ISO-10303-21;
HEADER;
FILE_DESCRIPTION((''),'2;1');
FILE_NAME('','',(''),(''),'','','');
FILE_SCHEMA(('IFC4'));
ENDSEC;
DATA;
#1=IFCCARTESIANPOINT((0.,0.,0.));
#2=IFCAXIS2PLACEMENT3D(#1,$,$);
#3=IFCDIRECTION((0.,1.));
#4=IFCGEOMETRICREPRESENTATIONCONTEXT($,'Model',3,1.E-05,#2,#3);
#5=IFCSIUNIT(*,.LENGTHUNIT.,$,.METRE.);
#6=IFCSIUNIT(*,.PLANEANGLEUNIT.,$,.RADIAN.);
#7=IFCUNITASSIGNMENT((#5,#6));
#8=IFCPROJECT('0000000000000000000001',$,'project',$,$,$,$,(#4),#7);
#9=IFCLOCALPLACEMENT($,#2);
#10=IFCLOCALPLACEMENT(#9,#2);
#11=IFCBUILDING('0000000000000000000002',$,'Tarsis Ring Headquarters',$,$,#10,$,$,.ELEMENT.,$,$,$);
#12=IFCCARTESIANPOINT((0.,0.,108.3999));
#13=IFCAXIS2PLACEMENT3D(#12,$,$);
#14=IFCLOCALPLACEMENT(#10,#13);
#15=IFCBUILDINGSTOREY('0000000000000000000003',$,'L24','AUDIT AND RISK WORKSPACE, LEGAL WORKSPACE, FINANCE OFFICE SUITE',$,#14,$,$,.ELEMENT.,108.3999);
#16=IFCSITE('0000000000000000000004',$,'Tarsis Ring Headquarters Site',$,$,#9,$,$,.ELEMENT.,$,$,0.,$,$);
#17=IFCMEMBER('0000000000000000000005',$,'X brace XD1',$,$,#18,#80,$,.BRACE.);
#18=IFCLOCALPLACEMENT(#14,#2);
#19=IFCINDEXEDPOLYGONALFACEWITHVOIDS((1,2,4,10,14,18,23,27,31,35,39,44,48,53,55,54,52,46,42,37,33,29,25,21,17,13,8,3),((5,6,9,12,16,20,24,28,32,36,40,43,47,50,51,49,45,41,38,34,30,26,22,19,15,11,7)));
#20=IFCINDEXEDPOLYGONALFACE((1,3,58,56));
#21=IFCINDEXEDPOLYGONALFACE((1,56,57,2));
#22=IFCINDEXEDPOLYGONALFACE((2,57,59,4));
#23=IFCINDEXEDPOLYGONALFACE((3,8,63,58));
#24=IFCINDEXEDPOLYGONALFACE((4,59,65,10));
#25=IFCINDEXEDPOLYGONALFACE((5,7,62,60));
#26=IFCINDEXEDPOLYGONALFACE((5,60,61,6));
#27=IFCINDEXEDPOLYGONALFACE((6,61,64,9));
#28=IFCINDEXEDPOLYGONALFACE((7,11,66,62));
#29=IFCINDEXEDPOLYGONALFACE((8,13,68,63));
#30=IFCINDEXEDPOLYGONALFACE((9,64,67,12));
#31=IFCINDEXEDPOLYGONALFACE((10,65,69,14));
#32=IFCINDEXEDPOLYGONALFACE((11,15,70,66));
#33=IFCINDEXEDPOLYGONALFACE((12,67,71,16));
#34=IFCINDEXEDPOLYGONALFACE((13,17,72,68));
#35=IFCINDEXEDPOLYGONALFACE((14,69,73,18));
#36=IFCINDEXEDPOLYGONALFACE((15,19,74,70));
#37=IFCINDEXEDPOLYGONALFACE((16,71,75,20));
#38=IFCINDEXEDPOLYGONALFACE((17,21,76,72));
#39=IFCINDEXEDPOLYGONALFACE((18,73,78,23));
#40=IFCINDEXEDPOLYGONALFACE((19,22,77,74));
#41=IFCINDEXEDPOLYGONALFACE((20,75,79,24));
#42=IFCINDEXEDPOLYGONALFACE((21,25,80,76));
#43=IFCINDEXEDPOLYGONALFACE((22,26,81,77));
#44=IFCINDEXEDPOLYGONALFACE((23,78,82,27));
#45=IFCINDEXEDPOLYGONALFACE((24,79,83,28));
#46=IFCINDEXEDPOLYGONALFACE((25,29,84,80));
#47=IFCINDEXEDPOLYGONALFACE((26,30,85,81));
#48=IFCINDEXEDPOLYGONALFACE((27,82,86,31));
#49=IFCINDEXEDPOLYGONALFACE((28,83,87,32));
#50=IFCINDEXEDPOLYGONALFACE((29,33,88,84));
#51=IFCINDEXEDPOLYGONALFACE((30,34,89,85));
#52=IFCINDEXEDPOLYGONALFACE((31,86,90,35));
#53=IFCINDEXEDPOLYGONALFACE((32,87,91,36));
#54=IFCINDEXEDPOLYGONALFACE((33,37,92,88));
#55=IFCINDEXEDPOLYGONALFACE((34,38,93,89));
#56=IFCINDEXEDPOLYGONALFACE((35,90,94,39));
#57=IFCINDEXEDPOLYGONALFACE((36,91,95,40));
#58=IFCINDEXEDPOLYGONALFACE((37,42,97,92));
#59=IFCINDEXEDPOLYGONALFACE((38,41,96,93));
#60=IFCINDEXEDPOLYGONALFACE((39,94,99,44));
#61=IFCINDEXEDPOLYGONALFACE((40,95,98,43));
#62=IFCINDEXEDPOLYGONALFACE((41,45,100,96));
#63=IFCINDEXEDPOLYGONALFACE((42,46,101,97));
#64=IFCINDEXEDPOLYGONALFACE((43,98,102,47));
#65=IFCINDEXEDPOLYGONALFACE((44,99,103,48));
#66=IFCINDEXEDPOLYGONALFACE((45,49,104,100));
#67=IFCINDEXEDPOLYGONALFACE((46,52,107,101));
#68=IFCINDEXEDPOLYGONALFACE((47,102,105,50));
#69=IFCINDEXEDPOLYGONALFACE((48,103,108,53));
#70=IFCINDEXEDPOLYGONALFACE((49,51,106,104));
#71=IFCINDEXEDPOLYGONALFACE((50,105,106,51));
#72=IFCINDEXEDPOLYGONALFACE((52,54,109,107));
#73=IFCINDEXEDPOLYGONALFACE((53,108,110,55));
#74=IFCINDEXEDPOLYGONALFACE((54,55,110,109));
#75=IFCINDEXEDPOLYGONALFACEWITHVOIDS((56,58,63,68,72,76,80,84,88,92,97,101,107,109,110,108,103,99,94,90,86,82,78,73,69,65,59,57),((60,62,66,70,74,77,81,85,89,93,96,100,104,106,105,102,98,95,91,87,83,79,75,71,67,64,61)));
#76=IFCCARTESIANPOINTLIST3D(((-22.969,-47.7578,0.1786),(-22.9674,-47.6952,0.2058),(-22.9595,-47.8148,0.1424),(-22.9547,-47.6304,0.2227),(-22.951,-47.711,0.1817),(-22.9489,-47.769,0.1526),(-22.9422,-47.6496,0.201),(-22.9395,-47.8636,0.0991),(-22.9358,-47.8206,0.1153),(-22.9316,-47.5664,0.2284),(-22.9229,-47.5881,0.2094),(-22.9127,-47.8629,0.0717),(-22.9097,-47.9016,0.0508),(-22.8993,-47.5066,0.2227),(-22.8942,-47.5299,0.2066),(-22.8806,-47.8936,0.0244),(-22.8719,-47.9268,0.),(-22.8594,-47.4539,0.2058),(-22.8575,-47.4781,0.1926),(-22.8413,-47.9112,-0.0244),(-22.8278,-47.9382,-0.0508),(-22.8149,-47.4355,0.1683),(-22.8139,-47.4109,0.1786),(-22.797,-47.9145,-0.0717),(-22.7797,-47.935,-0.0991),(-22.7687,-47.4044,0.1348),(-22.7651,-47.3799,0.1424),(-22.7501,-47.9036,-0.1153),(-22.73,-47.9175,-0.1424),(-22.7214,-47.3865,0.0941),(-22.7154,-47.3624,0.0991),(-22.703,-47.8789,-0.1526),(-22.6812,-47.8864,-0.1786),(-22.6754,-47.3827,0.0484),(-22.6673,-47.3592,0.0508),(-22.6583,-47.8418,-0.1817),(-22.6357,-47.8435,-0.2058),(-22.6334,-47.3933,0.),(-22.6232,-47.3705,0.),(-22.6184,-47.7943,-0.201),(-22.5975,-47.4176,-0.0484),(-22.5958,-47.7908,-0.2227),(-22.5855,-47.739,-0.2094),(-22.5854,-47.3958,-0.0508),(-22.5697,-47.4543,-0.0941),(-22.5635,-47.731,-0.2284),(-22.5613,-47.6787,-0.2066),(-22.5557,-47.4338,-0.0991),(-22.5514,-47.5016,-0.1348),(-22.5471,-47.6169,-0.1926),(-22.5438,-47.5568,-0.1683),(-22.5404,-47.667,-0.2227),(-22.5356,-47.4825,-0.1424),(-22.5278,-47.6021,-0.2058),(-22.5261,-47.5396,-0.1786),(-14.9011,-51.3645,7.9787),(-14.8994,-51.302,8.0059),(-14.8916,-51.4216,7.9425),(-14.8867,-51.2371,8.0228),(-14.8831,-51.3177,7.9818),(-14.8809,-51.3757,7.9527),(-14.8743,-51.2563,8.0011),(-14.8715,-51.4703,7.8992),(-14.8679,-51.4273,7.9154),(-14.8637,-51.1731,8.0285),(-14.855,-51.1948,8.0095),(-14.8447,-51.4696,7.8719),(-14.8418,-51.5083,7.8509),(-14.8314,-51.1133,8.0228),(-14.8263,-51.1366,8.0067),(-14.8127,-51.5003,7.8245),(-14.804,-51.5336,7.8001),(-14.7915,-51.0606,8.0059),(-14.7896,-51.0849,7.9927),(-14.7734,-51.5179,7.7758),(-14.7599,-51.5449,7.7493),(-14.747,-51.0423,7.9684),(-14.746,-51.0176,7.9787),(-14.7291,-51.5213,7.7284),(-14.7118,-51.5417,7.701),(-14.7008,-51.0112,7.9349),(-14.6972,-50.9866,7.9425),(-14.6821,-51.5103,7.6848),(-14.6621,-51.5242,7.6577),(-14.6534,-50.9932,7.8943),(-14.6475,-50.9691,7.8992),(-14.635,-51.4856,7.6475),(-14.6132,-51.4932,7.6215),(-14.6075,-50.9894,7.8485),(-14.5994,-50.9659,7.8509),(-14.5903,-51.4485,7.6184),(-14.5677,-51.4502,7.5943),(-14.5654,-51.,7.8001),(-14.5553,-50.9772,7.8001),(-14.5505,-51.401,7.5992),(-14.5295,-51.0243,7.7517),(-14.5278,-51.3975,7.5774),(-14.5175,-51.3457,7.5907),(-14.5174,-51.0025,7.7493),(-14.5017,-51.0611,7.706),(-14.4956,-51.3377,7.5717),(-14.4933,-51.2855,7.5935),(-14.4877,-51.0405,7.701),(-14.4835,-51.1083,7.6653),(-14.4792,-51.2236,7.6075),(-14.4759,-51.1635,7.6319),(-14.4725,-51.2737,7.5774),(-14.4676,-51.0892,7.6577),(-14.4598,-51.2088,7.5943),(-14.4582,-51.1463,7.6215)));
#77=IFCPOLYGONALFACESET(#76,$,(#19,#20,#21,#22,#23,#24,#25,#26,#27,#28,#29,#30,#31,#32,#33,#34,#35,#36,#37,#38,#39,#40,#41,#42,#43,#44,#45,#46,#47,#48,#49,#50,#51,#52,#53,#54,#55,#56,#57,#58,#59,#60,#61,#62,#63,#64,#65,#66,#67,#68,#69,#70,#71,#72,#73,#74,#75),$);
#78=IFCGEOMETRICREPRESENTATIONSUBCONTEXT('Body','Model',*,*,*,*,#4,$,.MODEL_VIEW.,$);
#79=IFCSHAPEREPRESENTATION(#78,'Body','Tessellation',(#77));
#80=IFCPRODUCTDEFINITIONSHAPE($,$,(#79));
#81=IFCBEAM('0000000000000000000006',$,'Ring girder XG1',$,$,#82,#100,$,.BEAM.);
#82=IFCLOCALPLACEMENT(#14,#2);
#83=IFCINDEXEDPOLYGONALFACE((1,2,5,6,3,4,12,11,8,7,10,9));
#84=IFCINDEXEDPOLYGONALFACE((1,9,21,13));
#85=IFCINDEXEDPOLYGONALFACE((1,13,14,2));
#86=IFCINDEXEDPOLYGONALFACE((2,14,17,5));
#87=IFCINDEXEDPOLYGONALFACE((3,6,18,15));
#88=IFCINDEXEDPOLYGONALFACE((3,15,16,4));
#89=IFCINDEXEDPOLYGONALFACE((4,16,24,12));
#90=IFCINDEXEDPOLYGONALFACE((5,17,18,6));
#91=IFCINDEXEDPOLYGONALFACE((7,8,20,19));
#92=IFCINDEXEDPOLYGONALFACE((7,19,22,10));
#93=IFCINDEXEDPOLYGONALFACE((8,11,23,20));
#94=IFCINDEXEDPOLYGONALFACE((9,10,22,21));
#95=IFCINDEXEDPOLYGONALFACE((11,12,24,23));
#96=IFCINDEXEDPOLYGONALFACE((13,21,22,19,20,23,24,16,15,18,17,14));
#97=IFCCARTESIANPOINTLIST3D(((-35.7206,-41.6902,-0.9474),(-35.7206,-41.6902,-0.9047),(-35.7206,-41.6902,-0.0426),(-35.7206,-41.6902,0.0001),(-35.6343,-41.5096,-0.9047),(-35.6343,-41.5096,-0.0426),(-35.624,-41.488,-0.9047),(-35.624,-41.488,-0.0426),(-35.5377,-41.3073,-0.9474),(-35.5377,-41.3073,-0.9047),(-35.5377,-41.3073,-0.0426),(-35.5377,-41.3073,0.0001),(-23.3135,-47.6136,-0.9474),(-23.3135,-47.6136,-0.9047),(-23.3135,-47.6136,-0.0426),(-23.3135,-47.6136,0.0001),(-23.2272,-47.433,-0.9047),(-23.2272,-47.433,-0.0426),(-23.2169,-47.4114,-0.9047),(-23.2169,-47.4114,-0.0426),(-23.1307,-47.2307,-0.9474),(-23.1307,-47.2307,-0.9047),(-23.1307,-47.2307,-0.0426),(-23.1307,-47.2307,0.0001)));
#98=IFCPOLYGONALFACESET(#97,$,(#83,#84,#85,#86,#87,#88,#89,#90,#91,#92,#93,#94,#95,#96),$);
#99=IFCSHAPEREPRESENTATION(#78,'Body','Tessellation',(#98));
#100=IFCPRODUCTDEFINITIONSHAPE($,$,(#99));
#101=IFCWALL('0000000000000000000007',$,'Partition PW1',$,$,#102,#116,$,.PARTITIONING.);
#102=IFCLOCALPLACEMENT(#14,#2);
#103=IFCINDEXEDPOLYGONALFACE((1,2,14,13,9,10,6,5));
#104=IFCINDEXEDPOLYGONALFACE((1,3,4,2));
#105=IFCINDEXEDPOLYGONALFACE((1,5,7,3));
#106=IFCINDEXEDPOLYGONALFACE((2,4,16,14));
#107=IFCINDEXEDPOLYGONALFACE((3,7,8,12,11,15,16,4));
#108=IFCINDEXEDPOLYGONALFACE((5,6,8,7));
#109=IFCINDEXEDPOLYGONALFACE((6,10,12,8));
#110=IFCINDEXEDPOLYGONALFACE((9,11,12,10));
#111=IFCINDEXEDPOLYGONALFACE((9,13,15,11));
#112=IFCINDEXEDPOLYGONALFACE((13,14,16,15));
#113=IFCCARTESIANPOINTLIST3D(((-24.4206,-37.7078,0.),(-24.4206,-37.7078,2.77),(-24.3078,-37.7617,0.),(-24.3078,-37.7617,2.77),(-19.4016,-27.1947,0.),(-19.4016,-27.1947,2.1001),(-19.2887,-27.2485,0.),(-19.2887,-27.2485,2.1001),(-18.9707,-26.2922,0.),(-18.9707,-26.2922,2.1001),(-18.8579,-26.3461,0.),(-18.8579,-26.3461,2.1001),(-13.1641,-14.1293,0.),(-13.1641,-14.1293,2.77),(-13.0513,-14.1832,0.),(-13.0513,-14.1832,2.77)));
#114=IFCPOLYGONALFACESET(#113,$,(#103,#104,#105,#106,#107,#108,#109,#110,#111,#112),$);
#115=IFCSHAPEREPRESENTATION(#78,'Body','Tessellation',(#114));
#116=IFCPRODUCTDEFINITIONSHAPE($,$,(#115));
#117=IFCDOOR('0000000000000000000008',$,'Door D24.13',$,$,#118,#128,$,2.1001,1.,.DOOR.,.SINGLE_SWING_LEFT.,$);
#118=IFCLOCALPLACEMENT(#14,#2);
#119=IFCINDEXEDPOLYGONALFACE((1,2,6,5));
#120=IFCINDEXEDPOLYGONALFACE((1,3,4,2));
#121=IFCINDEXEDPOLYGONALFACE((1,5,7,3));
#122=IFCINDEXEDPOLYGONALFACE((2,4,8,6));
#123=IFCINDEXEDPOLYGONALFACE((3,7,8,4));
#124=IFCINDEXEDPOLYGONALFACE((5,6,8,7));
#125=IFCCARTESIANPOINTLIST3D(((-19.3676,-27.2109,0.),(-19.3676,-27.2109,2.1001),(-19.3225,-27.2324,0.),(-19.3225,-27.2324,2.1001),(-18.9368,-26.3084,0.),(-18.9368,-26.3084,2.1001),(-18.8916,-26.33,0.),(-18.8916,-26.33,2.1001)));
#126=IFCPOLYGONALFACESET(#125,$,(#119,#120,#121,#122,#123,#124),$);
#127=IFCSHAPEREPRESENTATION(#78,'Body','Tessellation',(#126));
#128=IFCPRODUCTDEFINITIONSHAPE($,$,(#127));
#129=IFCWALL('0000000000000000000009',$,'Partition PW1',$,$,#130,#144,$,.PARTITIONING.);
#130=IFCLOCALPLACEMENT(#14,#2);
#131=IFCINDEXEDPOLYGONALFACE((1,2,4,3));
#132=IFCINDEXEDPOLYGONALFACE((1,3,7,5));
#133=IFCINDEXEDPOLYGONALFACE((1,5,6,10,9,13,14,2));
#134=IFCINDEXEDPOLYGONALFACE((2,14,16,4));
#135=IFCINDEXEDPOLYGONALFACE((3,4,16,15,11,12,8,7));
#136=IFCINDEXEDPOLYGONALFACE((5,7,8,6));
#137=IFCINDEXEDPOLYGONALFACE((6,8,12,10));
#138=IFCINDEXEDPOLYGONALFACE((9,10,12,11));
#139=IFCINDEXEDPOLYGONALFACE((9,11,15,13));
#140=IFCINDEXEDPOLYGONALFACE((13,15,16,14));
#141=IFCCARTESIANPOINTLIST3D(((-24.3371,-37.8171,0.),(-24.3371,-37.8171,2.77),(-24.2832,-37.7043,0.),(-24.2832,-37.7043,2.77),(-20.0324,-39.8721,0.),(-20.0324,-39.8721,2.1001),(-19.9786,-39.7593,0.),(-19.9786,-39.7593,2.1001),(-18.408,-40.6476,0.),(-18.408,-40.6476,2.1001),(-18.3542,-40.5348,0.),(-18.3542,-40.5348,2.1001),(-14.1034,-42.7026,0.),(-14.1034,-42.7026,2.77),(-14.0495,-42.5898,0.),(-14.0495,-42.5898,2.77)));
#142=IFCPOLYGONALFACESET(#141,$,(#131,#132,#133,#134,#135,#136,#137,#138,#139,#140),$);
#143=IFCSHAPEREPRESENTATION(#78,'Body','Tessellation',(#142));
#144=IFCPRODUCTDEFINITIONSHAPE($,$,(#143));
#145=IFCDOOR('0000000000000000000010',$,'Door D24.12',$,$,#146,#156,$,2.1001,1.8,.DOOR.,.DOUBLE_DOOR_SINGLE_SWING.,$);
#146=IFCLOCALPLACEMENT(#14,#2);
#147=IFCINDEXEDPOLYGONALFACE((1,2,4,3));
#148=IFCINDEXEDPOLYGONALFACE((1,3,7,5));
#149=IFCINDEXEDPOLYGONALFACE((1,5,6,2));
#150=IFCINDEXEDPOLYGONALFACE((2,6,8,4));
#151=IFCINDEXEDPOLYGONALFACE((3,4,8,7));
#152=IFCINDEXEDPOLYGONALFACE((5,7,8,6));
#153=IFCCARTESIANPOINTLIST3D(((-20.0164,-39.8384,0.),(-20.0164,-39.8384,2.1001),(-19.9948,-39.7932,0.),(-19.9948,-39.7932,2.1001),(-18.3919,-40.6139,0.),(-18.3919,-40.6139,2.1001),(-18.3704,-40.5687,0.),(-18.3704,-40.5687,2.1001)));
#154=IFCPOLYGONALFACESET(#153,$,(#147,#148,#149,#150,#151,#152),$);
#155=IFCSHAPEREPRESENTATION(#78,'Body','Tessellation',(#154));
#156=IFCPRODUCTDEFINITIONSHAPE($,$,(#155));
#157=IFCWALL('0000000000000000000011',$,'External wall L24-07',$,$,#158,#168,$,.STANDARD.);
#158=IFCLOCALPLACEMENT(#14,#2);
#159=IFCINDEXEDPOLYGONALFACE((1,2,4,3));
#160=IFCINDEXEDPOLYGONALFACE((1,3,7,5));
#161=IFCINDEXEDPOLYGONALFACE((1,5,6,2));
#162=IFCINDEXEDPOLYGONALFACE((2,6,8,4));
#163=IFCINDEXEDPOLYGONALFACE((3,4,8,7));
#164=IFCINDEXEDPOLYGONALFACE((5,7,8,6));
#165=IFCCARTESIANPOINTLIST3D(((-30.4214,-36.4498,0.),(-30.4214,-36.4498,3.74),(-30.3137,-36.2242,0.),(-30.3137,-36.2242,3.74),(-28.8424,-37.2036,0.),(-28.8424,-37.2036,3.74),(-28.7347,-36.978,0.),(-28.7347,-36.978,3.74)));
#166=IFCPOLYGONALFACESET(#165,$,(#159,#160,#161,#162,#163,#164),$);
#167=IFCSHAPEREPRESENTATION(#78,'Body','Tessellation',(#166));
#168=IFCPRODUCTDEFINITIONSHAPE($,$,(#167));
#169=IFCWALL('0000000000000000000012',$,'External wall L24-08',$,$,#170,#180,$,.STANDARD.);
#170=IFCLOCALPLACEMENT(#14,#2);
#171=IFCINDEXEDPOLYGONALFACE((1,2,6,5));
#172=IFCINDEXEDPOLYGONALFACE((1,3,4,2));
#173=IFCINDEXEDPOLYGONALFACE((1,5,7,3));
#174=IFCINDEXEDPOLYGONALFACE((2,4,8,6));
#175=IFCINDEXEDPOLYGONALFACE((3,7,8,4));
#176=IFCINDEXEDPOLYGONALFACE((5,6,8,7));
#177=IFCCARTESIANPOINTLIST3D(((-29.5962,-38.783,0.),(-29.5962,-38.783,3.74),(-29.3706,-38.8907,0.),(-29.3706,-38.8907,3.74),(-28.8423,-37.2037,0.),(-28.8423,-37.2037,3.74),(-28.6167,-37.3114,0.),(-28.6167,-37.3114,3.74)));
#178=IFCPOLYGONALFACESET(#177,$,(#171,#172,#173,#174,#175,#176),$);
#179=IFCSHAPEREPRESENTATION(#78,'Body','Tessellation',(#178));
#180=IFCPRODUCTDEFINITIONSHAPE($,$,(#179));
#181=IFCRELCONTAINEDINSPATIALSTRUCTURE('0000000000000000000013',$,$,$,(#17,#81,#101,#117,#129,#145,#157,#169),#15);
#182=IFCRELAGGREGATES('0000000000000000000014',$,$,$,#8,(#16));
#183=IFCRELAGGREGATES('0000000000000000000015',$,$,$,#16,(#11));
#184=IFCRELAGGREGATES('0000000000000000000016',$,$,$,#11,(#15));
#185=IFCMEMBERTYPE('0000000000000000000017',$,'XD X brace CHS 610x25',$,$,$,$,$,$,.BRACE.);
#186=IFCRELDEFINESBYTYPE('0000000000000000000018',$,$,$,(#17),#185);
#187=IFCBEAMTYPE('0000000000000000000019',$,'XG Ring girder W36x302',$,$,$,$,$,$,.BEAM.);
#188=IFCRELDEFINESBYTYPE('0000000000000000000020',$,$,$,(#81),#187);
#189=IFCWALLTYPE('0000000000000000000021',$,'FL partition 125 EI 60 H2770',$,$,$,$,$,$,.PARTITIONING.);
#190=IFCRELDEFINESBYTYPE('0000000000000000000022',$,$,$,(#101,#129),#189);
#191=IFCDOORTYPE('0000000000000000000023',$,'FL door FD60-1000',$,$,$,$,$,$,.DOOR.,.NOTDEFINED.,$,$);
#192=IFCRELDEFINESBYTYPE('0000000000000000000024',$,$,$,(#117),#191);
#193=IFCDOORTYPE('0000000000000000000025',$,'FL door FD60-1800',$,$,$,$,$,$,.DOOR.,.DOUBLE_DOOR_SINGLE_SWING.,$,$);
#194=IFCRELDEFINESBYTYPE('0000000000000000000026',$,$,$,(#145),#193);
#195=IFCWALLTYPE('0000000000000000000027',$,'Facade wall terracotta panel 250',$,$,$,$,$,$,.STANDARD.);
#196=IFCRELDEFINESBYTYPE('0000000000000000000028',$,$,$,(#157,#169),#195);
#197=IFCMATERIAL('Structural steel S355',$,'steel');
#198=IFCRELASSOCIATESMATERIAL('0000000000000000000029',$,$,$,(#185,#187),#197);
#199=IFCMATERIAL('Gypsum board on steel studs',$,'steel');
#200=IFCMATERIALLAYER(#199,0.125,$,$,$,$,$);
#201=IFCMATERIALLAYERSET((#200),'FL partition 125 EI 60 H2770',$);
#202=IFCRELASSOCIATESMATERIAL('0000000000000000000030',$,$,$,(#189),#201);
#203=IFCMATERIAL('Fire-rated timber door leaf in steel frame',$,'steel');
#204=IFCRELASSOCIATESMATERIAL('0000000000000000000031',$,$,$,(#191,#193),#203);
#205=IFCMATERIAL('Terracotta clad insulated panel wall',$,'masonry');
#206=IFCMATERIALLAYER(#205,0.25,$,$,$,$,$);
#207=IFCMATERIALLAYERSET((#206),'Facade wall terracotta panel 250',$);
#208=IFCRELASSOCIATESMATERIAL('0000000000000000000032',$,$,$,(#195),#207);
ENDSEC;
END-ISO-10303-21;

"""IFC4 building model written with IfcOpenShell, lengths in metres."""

from ifc_helpers import new_model, si_unit, direction, frame, frame_2d, origin, origin_2d, place, context, subcontext, project, spatial, rectangle, hollow_circle, i_section, extrude, material, layer, layer_set, material_profile, profile_set, type_object, element, fill, save


model = new_model("IFC4")

# Units and contexts
model_context = context("Model", 3, precision=1e-05, world=origin(), true_north=direction((0.0, 1.0)))
body_context = subcontext(model_context, "Body", "Model", "MODEL_VIEW")
ifc_project = project(units=[si_unit("LENGTHUNIT", "METRE"), si_unit("PLANEANGLEUNIT", "RADIAN")], contexts=[model_context])

# Site, building, storey
site_placement = place(None, origin())
site = spatial("IfcSite", under=ifc_project, at=site_placement, Name="Tarsis Ring Headquarters Site", CompositionType="ELEMENT", RefElevation=0.0)
building_placement = place(site_placement, origin())
building = spatial("IfcBuilding", under=site, at=building_placement, Name="Tarsis Ring Headquarters", CompositionType="ELEMENT")
storey_placement = place(building_placement, frame((0.0, 0.0, 108.3999)))
storey = spatial("IfcBuildingStorey", under=building, at=storey_placement, Name="L24", Description="AUDIT AND RISK WORKSPACE, LEGAL WORKSPACE, FINANCE OFFICE SUITE", CompositionType="ELEMENT", Elevation=108.3999)

# Shared definitions
ifc_material_1 = material(Name="Structural steel S355", Category="steel")

# Member
ifc_material_profile_1 = material_profile(ifc_material_1, hollow_circle(Radius=0.3047, WallThickness=0.0249, at=origin_2d()), Name="CHS 610x25")
ifc_profile_set_1 = profile_set([ifc_material_profile_1], Name="Structural steel S355")
member_type = type_object("IfcMemberType", Name="XD X brace CHS 610x25", PredefinedType="BRACE", material=ifc_profile_set_1)
member_placement = place(storey_placement, frame((-22.7476, -47.6487, 0.0), z_axis=(0.684457, -0.305982, 0.661735), x_axis=(0.408119, 0.912929, 0.0)))
element("IfcMember", 1, at=member_placement, inside=storey, type_object=member_type, Name="X brace XD1", PredefinedType="BRACE", context=body_context, shape_type="SweptSolid", body=[
    extrude(hollow_circle(Radius=0.3047, WallThickness=0.0249, at=origin_2d()), origin(), (0.0, 0.0, 1.0), 11.7874),
])

# Beam
ifc_material_profile_2 = material_profile(ifc_material_1, i_section(OverallWidth=0.4243, OverallDepth=0.9475, WebThickness=0.0239, FlangeThickness=0.0427, at=origin_2d()), Name="W36x302")
ifc_profile_set_2 = profile_set([ifc_material_profile_2], Name="Structural steel S355")
beam_type_1 = type_object("IfcBeamType", Name="XG Ring girder W36x302", PredefinedType="BEAM", material=ifc_profile_set_2)
beam_1_placement = place(storey_placement, frame((-35.6292, -41.4988, -0.4736), z_axis=(0.902429, -0.430838, 0.0), x_axis=(0.430838, 0.902429, 0.0)))
element("IfcBeam", 2, at=beam_1_placement, inside=storey, type_object=beam_type_1, Name="Ring girder XG1", PredefinedType="BEAM", context=body_context, shape_type="SweptSolid", body=[
    extrude(i_section(OverallWidth=0.4243, OverallDepth=0.9475, WebThickness=0.0239, FlangeThickness=0.0427, at=origin_2d()), origin(), (0.0, 0.0, 1.0), 13.7485),
])

# Walls, openings, doors
ifc_material_2 = material(Name="Gypsum board on steel studs", Category="steel")
ifc_layer_1 = layer(ifc_material_2, 0.125)
ifc_layer_set_1 = layer_set([ifc_layer_1], Name="FL partition 125 EI 60 H2770")
wall_type_1 = type_object("IfcWallType", Name="FL partition 125 EI 60 H2770", PredefinedType="PARTITIONING", material=ifc_layer_set_1)
wall_1_placement = place(storey_placement, frame((-24.3643, -37.7349, 0.0), z_axis=(0.0, 0.0, 1.0), x_axis=(0.430828, 0.902434, 0.0)))
wall_1 = element("IfcWall", 3, at=wall_1_placement, inside=storey, type_object=wall_type_1, Name="Partition PW1", PredefinedType="PARTITIONING", context=body_context, shape_type="SweptSolid", body=[
    extrude(rectangle(XDim=26.1277, YDim=0.125, at=frame_2d((13.064, 0.0))), origin(), (0.0, 0.0, 1.0), 2.77),
])
opening_1_placement = place(wall_1_placement, frame((11.6499, 0.0, 0.0)))
opening_1 = element("IfcOpeningElement", 4, at=opening_1_placement, cuts=wall_1, PredefinedType="OPENING", context=body_context, shape_type="SweptSolid", body=[
    extrude(rectangle(XDim=1.0, YDim=2.1001, at=frame_2d((0.5, 1.05))), frame((0.0, 0.0725, 0.0), z_axis=(0.0, -1.0, 0.0), x_axis=(1.0, 0.0, 0.0)), (0.0, 0.0, 1.0), 0.145),
])
ifc_material_3 = material(Name="Fire-rated timber door leaf in steel frame", Category="steel")
door_type_1 = type_object("IfcDoorType", Name="FL door FD60-1000", OperationType="NOTDEFINED", PredefinedType="DOOR", material=ifc_material_3)
door_1_placement = place(opening_1_placement, origin())
door_1 = element("IfcDoor", 5, at=door_1_placement, inside=storey, type_object=door_type_1, Name="Door D24.13", OperationType="SINGLE_SWING_LEFT", OverallHeight=2.1001, OverallWidth=1.0, PredefinedType="DOOR", context=body_context, shape_type="SweptSolid", body=[
    extrude(rectangle(XDim=1.0, YDim=2.1001, at=frame_2d((0.5, 1.05))), frame((0.0, 0.0249, 0.0), z_axis=(0.0, -1.0, 0.0), x_axis=(1.0, 0.0, 0.0)), (0.0, 0.0, 1.0), 0.05),
])
fill(opening_1, door_1)
wall_2_placement = place(storey_placement, frame((-24.3101, -37.7607, 0.0), z_axis=(0.0, 0.0, 1.0), x_axis=(0.902438, -0.43082, 0.0)))
wall_2 = element("IfcWall", 6, at=wall_2_placement, inside=storey, type_object=wall_type_1, Name="Partition PW1", PredefinedType="PARTITIONING", context=body_context, shape_type="SweptSolid", body=[
    extrude(rectangle(XDim=11.3401, YDim=0.125, at=frame_2d((5.6699, 0.0))), origin(), (0.0, 0.0, 1.0), 2.77),
])
opening_2_placement = place(wall_2_placement, frame((4.77, 0.0, 0.0)))
opening_2 = element("IfcOpeningElement", 7, at=opening_2_placement, cuts=wall_2, PredefinedType="OPENING", context=body_context, shape_type="SweptSolid", body=[
    extrude(rectangle(XDim=1.8, YDim=2.1001, at=frame_2d((0.8999, 1.05))), frame((0.0, 0.0725, 0.0), z_axis=(0.0, -1.0, 0.0), x_axis=(1.0, 0.0, 0.0)), (0.0, 0.0, 1.0), 0.145),
])
door_type_2 = type_object("IfcDoorType", Name="FL door FD60-1800", OperationType="DOUBLE_DOOR_SINGLE_SWING", PredefinedType="DOOR", material=ifc_material_3)
door_2_placement = place(opening_2_placement, origin())
door_2 = element("IfcDoor", 8, at=door_2_placement, inside=storey, type_object=door_type_2, Name="Door D24.12", OperationType="DOUBLE_DOOR_SINGLE_SWING", OverallHeight=2.1001, OverallWidth=1.8, PredefinedType="DOOR", context=body_context, shape_type="SweptSolid", body=[
    extrude(rectangle(XDim=1.8, YDim=2.1001, at=frame_2d((0.8999, 1.05))), frame((0.0, 0.0249, 0.0), z_axis=(0.0, -1.0, 0.0), x_axis=(1.0, 0.0, 0.0)), (0.0, 0.0, 1.0), 0.05),
])
fill(opening_2, door_2)

# Walls
ifc_material_4 = material(Name="Terracotta clad insulated panel wall", Category="masonry")
ifc_layer_2 = layer(ifc_material_4, 0.25)
ifc_layer_set_2 = layer_set([ifc_layer_2], Name="Facade wall terracotta panel 250")
wall_type_2 = type_object("IfcWallType", Name="Facade wall terracotta panel 250", PredefinedType="STANDARD", material=ifc_layer_set_2)
wall_3_placement = place(storey_placement, frame((-30.3677, -36.3369, 0.0), z_axis=(0.0, 0.0, 1.0), x_axis=(0.902427, -0.430843, 0.0)))
element("IfcWall", 9, at=wall_3_placement, inside=storey, type_object=wall_type_2, Name="External wall L24-07", PredefinedType="STANDARD", context=body_context, shape_type="SweptSolid", body=[
    extrude(rectangle(XDim=1.7498, YDim=0.25, at=frame_2d((0.875, 0.0))), origin(), (0.0, 0.0, 1.0), 3.74),
])
wall_4_placement = place(storey_placement, frame((-28.7295, -37.2576, 0.0), z_axis=(0.0, 0.0, 1.0), x_axis=(-0.430789, -0.902453, 0.0)))
element("IfcWall", 10, at=wall_4_placement, inside=storey, type_object=wall_type_2, Name="External wall L24-08", PredefinedType="STANDARD", context=body_context, shape_type="SweptSolid", body=[
    extrude(rectangle(XDim=1.75, YDim=0.25, at=frame_2d((0.875, 0.0))), origin(), (0.0, 0.0, 1.0), 3.74),
])

save(model, "model.ifc")
